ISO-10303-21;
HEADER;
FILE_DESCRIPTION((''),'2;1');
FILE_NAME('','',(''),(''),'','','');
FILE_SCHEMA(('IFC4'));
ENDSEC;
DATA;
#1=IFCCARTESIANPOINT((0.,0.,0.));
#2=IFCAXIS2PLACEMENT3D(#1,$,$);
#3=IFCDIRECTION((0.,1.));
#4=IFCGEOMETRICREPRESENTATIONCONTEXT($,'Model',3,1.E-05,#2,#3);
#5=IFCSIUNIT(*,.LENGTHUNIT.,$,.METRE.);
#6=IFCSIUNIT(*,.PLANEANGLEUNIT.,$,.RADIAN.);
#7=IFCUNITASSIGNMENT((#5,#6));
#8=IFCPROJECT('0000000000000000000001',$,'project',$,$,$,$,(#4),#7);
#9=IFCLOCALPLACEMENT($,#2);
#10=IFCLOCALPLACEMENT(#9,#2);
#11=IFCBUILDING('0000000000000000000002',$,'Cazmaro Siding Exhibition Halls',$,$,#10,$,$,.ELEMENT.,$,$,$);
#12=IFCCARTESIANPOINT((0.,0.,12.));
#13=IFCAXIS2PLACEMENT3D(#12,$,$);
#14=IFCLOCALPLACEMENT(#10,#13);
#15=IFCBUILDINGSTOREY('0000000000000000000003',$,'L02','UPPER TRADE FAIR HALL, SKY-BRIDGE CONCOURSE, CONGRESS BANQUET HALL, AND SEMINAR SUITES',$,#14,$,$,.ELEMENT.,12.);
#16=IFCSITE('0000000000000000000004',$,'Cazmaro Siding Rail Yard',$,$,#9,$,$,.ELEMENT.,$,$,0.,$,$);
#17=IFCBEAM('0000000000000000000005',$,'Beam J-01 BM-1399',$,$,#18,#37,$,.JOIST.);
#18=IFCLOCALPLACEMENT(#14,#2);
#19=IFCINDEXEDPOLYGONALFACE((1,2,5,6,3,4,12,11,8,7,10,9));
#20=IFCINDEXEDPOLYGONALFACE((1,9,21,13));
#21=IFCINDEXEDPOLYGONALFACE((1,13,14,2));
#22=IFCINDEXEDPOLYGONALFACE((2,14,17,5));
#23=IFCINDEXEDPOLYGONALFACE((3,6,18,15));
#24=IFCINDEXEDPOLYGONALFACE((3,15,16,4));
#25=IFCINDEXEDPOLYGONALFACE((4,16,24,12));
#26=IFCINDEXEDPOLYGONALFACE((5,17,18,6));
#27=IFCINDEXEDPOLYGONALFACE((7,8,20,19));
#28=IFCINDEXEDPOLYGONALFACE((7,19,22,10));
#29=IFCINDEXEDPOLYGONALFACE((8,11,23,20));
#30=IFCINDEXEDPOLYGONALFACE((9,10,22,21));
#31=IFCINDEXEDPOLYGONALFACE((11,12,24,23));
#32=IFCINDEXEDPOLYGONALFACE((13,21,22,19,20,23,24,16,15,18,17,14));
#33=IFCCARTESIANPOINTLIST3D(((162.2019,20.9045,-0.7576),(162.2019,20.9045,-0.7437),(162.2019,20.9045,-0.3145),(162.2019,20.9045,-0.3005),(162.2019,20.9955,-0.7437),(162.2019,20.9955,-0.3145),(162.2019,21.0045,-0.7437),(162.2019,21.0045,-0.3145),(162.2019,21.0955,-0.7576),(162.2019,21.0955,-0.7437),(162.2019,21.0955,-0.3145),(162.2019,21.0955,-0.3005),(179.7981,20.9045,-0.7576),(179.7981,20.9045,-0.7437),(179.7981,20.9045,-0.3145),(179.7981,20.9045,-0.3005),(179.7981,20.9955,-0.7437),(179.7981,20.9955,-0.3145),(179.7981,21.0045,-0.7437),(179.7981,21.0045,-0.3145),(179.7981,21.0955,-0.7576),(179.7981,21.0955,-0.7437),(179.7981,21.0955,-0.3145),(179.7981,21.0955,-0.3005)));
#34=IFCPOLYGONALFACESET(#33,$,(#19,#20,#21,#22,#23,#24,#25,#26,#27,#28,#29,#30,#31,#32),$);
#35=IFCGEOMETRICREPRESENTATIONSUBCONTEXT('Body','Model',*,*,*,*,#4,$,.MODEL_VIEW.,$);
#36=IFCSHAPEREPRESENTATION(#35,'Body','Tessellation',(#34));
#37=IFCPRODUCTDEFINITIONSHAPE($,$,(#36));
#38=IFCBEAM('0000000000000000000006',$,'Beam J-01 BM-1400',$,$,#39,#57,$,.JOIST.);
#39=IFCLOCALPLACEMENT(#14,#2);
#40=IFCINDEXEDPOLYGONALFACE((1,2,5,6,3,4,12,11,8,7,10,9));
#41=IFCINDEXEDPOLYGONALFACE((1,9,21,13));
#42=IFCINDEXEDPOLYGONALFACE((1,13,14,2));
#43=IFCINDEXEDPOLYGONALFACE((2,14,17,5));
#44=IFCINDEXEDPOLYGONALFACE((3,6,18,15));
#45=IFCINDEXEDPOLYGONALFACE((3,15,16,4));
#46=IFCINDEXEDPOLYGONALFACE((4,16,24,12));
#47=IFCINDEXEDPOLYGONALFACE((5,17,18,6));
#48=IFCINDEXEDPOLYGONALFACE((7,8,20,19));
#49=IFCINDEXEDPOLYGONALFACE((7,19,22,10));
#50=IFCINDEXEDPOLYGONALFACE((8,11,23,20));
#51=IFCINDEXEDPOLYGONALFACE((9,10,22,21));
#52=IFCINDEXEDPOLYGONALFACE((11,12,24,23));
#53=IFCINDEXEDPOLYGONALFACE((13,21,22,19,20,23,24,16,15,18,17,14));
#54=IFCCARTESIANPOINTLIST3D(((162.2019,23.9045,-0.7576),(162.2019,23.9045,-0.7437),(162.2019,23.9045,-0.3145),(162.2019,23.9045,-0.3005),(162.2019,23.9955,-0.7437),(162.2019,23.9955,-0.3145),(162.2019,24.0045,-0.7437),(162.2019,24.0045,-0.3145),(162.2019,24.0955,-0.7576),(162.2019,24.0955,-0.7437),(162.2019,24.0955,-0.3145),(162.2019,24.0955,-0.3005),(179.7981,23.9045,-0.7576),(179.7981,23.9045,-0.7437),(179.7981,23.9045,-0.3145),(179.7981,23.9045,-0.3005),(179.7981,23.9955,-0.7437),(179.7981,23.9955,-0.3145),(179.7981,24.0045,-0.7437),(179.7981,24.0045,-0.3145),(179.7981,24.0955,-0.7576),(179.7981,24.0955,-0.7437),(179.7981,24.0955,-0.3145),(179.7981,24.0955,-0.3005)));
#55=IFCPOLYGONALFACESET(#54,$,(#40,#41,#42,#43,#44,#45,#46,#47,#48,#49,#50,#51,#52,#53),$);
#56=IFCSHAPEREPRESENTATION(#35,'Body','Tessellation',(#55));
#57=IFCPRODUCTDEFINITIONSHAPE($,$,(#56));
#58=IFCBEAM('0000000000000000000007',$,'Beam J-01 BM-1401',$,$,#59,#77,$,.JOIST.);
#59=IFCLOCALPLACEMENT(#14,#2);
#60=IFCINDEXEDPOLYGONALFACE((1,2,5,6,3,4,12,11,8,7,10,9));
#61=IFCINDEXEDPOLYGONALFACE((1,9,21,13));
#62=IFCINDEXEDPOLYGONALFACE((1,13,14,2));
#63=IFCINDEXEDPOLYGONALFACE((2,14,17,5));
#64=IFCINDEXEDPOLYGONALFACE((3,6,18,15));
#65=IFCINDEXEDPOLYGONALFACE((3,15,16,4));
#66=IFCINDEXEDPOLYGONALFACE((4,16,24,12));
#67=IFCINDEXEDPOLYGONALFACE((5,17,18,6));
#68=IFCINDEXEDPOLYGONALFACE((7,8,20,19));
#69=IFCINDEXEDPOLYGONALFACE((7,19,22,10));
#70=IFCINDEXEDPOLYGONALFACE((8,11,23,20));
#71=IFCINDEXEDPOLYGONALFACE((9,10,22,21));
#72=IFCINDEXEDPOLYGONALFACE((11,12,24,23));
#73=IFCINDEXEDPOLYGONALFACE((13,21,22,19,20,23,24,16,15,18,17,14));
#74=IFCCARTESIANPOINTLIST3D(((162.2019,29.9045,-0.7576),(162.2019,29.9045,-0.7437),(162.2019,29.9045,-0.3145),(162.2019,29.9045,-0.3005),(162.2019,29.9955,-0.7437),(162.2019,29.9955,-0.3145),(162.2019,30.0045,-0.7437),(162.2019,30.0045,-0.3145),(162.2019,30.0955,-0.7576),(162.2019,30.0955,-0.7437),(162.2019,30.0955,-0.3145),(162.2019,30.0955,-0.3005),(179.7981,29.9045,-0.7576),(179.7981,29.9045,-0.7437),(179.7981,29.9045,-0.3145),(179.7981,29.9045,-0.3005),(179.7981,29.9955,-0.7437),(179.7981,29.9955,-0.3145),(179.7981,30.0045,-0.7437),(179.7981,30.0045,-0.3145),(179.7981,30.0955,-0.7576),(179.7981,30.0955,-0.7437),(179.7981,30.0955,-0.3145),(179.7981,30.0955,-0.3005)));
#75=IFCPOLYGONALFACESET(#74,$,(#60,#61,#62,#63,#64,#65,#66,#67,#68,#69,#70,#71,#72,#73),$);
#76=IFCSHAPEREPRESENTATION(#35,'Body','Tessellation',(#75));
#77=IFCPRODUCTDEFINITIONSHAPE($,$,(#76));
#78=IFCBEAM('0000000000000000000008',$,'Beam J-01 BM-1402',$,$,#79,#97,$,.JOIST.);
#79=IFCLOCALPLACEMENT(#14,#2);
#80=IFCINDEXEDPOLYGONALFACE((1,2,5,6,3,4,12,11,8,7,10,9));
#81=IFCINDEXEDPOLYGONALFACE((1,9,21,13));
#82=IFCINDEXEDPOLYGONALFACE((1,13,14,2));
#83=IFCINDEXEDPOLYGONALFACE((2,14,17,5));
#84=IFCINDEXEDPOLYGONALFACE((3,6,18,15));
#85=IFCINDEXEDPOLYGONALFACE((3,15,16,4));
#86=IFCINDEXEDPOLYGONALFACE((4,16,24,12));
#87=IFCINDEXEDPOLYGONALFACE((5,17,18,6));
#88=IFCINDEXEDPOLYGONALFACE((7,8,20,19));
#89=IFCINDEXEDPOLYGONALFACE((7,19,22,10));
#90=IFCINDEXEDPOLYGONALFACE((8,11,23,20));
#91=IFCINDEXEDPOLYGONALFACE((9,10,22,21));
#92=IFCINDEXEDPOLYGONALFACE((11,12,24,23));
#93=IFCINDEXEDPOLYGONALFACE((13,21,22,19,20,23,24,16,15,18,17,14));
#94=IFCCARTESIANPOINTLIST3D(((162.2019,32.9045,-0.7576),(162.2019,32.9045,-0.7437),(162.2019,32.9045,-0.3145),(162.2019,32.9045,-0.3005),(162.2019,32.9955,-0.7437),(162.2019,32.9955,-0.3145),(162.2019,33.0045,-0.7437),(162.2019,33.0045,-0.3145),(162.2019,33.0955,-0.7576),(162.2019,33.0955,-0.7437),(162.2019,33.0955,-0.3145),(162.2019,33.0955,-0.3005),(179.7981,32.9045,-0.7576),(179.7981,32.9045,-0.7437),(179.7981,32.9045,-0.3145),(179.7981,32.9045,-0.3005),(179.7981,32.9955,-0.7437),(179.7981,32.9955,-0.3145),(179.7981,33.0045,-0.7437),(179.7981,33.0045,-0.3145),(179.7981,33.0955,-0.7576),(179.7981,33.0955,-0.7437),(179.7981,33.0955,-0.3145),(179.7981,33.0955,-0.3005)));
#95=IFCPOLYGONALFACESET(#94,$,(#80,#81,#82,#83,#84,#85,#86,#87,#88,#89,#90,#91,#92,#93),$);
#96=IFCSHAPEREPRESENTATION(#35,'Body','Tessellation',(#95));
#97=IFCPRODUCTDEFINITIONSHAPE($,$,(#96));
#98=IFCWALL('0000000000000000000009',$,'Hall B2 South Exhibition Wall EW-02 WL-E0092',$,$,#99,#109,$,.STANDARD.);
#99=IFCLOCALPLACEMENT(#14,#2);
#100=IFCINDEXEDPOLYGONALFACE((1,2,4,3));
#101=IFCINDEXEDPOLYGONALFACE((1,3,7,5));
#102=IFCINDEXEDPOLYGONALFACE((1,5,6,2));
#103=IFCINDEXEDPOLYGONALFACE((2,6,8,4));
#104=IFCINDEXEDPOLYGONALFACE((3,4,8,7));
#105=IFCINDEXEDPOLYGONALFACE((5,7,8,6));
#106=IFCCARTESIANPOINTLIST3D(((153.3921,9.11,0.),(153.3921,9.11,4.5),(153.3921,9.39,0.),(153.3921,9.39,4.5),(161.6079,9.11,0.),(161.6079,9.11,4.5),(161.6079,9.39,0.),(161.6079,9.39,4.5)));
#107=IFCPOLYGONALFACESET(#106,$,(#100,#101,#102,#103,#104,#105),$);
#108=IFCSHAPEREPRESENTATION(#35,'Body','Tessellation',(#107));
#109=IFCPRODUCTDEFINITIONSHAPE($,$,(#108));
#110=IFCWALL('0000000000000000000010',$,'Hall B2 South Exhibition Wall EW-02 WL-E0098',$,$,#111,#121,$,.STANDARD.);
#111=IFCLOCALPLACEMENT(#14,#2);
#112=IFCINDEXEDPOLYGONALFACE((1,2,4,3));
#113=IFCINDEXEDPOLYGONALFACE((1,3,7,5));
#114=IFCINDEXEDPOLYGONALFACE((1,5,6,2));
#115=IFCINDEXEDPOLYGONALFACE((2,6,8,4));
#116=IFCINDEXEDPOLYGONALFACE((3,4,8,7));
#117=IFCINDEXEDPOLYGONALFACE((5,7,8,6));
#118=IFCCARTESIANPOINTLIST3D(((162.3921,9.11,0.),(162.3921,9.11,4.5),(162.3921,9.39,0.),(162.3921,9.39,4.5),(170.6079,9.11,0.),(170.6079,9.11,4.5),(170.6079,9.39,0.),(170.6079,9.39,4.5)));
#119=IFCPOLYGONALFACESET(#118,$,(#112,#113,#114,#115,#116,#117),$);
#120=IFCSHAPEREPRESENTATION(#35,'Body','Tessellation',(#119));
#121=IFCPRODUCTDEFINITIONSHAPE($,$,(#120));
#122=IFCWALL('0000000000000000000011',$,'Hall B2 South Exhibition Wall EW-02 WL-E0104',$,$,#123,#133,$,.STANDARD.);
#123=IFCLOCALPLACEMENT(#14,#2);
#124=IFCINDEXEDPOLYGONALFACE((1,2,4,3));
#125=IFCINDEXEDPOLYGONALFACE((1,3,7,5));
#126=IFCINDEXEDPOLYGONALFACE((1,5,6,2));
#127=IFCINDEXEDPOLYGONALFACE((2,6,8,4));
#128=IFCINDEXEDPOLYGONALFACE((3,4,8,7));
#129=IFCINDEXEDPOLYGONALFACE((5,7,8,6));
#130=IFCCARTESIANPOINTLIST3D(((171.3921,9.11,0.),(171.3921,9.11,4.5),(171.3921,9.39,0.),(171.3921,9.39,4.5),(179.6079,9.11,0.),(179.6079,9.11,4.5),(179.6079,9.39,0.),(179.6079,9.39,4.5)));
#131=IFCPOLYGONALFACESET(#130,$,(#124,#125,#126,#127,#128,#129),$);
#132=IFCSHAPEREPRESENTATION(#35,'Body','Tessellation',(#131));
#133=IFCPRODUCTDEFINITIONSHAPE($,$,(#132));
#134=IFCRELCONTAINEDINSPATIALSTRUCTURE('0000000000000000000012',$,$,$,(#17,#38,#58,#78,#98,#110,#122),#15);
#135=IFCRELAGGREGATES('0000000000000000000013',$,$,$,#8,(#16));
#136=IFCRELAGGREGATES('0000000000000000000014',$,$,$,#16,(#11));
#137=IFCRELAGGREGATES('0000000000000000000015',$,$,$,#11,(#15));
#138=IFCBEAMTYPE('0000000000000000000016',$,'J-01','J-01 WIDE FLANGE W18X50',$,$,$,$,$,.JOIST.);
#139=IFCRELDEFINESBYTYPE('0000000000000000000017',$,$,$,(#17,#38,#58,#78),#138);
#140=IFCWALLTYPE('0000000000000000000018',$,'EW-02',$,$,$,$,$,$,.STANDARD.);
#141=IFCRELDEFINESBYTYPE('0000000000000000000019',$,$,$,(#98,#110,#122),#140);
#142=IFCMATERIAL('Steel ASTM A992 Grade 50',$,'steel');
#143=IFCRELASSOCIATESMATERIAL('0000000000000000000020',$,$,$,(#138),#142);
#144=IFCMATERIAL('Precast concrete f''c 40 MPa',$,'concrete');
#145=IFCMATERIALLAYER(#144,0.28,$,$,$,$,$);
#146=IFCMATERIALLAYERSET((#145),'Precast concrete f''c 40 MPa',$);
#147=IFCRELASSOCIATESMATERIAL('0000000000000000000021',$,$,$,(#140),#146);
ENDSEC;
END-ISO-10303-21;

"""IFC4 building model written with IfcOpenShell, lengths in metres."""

from ifc_helpers import new_model, si_unit, direction, frame, frame_2d, origin, origin_2d, place, context, subcontext, project, spatial, rectangle, i_section, extrude, material, layer, layer_set, material_profile, profile_set, type_object, element, save


model = new_model("IFC4")

# Units and contexts
model_context = context("Model", 3, precision=1e-05, world=origin(), true_north=direction((0.0, 1.0)))
body_context = subcontext(model_context, "Body", "Model", "MODEL_VIEW")
ifc_project = project(units=[si_unit("LENGTHUNIT", "METRE"), si_unit("PLANEANGLEUNIT", "RADIAN")], contexts=[model_context])

# Site, building, storey
site_placement = place(None, origin())
site = spatial("IfcSite", under=ifc_project, at=site_placement, Name="Cazmaro Siding Rail Yard", CompositionType="ELEMENT", RefElevation=0.0)
building_placement = place(site_placement, origin())
building = spatial("IfcBuilding", under=site, at=building_placement, Name="Cazmaro Siding Exhibition Halls", CompositionType="ELEMENT")
storey_placement = place(building_placement, frame((0.0, 0.0, 12.0)))
storey = spatial("IfcBuildingStorey", under=building, at=storey_placement, Name="L02", Description="UPPER TRADE FAIR HALL, SKY-BRIDGE CONCOURSE, CONGRESS BANQUET HALL, AND SEMINAR SUITES", CompositionType="ELEMENT", Elevation=12.0)

# Beams
ifc_material_1 = material(Name="Steel ASTM A992 Grade 50", Category="steel")
ifc_material_profile_1 = material_profile(ifc_material_1, i_section(OverallWidth=0.1909, OverallDepth=0.457, WebThickness=0.009, FlangeThickness=0.0139, at=origin_2d()), Name="W18X50")
ifc_profile_set_1 = profile_set([ifc_material_profile_1], Name="Steel ASTM A992 Grade 50")
beam_type_1 = type_object("IfcBeamType", Name="J-01", Description="J-01 WIDE FLANGE W18X50", PredefinedType="JOIST", material=ifc_profile_set_1)
for number, where, z_axis, x_axis, name in (
    (1, (162.2019, 21.0, -0.5291), (1.0, 0.0, 0.0), (0.0, 1.0, 0.0), "Beam J-01 BM-1399"),
    (2, (162.2019, 24.0, -0.5291), (1.0, 0.0, 0.0), (0.0, 1.0, 0.0), "Beam J-01 BM-1400"),
    (3, (162.2019, 30.0, -0.5291), (1.0, 0.0, 0.0), (0.0, 1.0, 0.0), "Beam J-01 BM-1401"),
    (4, (162.2019, 33.0, -0.5291), (1.0, 0.0, 0.0), (0.0, 1.0, 0.0), "Beam J-01 BM-1402"),
):
    element("IfcBeam", number, at=place(storey_placement, frame(where, z_axis=z_axis, x_axis=x_axis)), inside=storey, type_object=beam_type_1, Name=name, PredefinedType="JOIST", context=body_context, shape_type="SweptSolid", body=[
        extrude(i_section(OverallWidth=0.1909, OverallDepth=0.457, WebThickness=0.009, FlangeThickness=0.0139, at=origin_2d()), origin(), (0.0, 0.0, 1.0), 17.5962),
    ])

# Walls
ifc_material_2 = material(Name="Precast concrete f'c 40 MPa", Category="concrete")
ifc_layer = layer(ifc_material_2, 0.28)
ifc_layer_set = layer_set([ifc_layer], Name="Precast concrete f'c 40 MPa")
wall_type = type_object("IfcWallType", Name="EW-02", PredefinedType="STANDARD", material=ifc_layer_set)
for number, where, z_axis, x_axis, name in (
    (5, (161.6079, 9.25, 0.0), (0.0, 0.0, 1.0), (-1.0, 0.0, 0.0), "Hall B2 South Exhibition Wall EW-02 WL-E0092"),
    (6, (170.6079, 9.25, 0.0), (0.0, 0.0, 1.0), (-1.0, 0.0, 0.0), "Hall B2 South Exhibition Wall EW-02 WL-E0098"),
    (7, (179.6079, 9.25, 0.0), (0.0, 0.0, 1.0), (-1.0, 0.0, 0.0), "Hall B2 South Exhibition Wall EW-02 WL-E0104"),
):
    element("IfcWall", number, at=place(storey_placement, frame(where, z_axis=z_axis, x_axis=x_axis)), inside=storey, type_object=wall_type, Name=name, PredefinedType="STANDARD", context=body_context, shape_type="SweptSolid", body=[
        extrude(rectangle(XDim=8.2158, YDim=0.28, at=frame_2d((4.1079, 0.0))), origin(), (0.0, 0.0, 1.0), 4.5),
    ])

save(model, "model.ifc")
